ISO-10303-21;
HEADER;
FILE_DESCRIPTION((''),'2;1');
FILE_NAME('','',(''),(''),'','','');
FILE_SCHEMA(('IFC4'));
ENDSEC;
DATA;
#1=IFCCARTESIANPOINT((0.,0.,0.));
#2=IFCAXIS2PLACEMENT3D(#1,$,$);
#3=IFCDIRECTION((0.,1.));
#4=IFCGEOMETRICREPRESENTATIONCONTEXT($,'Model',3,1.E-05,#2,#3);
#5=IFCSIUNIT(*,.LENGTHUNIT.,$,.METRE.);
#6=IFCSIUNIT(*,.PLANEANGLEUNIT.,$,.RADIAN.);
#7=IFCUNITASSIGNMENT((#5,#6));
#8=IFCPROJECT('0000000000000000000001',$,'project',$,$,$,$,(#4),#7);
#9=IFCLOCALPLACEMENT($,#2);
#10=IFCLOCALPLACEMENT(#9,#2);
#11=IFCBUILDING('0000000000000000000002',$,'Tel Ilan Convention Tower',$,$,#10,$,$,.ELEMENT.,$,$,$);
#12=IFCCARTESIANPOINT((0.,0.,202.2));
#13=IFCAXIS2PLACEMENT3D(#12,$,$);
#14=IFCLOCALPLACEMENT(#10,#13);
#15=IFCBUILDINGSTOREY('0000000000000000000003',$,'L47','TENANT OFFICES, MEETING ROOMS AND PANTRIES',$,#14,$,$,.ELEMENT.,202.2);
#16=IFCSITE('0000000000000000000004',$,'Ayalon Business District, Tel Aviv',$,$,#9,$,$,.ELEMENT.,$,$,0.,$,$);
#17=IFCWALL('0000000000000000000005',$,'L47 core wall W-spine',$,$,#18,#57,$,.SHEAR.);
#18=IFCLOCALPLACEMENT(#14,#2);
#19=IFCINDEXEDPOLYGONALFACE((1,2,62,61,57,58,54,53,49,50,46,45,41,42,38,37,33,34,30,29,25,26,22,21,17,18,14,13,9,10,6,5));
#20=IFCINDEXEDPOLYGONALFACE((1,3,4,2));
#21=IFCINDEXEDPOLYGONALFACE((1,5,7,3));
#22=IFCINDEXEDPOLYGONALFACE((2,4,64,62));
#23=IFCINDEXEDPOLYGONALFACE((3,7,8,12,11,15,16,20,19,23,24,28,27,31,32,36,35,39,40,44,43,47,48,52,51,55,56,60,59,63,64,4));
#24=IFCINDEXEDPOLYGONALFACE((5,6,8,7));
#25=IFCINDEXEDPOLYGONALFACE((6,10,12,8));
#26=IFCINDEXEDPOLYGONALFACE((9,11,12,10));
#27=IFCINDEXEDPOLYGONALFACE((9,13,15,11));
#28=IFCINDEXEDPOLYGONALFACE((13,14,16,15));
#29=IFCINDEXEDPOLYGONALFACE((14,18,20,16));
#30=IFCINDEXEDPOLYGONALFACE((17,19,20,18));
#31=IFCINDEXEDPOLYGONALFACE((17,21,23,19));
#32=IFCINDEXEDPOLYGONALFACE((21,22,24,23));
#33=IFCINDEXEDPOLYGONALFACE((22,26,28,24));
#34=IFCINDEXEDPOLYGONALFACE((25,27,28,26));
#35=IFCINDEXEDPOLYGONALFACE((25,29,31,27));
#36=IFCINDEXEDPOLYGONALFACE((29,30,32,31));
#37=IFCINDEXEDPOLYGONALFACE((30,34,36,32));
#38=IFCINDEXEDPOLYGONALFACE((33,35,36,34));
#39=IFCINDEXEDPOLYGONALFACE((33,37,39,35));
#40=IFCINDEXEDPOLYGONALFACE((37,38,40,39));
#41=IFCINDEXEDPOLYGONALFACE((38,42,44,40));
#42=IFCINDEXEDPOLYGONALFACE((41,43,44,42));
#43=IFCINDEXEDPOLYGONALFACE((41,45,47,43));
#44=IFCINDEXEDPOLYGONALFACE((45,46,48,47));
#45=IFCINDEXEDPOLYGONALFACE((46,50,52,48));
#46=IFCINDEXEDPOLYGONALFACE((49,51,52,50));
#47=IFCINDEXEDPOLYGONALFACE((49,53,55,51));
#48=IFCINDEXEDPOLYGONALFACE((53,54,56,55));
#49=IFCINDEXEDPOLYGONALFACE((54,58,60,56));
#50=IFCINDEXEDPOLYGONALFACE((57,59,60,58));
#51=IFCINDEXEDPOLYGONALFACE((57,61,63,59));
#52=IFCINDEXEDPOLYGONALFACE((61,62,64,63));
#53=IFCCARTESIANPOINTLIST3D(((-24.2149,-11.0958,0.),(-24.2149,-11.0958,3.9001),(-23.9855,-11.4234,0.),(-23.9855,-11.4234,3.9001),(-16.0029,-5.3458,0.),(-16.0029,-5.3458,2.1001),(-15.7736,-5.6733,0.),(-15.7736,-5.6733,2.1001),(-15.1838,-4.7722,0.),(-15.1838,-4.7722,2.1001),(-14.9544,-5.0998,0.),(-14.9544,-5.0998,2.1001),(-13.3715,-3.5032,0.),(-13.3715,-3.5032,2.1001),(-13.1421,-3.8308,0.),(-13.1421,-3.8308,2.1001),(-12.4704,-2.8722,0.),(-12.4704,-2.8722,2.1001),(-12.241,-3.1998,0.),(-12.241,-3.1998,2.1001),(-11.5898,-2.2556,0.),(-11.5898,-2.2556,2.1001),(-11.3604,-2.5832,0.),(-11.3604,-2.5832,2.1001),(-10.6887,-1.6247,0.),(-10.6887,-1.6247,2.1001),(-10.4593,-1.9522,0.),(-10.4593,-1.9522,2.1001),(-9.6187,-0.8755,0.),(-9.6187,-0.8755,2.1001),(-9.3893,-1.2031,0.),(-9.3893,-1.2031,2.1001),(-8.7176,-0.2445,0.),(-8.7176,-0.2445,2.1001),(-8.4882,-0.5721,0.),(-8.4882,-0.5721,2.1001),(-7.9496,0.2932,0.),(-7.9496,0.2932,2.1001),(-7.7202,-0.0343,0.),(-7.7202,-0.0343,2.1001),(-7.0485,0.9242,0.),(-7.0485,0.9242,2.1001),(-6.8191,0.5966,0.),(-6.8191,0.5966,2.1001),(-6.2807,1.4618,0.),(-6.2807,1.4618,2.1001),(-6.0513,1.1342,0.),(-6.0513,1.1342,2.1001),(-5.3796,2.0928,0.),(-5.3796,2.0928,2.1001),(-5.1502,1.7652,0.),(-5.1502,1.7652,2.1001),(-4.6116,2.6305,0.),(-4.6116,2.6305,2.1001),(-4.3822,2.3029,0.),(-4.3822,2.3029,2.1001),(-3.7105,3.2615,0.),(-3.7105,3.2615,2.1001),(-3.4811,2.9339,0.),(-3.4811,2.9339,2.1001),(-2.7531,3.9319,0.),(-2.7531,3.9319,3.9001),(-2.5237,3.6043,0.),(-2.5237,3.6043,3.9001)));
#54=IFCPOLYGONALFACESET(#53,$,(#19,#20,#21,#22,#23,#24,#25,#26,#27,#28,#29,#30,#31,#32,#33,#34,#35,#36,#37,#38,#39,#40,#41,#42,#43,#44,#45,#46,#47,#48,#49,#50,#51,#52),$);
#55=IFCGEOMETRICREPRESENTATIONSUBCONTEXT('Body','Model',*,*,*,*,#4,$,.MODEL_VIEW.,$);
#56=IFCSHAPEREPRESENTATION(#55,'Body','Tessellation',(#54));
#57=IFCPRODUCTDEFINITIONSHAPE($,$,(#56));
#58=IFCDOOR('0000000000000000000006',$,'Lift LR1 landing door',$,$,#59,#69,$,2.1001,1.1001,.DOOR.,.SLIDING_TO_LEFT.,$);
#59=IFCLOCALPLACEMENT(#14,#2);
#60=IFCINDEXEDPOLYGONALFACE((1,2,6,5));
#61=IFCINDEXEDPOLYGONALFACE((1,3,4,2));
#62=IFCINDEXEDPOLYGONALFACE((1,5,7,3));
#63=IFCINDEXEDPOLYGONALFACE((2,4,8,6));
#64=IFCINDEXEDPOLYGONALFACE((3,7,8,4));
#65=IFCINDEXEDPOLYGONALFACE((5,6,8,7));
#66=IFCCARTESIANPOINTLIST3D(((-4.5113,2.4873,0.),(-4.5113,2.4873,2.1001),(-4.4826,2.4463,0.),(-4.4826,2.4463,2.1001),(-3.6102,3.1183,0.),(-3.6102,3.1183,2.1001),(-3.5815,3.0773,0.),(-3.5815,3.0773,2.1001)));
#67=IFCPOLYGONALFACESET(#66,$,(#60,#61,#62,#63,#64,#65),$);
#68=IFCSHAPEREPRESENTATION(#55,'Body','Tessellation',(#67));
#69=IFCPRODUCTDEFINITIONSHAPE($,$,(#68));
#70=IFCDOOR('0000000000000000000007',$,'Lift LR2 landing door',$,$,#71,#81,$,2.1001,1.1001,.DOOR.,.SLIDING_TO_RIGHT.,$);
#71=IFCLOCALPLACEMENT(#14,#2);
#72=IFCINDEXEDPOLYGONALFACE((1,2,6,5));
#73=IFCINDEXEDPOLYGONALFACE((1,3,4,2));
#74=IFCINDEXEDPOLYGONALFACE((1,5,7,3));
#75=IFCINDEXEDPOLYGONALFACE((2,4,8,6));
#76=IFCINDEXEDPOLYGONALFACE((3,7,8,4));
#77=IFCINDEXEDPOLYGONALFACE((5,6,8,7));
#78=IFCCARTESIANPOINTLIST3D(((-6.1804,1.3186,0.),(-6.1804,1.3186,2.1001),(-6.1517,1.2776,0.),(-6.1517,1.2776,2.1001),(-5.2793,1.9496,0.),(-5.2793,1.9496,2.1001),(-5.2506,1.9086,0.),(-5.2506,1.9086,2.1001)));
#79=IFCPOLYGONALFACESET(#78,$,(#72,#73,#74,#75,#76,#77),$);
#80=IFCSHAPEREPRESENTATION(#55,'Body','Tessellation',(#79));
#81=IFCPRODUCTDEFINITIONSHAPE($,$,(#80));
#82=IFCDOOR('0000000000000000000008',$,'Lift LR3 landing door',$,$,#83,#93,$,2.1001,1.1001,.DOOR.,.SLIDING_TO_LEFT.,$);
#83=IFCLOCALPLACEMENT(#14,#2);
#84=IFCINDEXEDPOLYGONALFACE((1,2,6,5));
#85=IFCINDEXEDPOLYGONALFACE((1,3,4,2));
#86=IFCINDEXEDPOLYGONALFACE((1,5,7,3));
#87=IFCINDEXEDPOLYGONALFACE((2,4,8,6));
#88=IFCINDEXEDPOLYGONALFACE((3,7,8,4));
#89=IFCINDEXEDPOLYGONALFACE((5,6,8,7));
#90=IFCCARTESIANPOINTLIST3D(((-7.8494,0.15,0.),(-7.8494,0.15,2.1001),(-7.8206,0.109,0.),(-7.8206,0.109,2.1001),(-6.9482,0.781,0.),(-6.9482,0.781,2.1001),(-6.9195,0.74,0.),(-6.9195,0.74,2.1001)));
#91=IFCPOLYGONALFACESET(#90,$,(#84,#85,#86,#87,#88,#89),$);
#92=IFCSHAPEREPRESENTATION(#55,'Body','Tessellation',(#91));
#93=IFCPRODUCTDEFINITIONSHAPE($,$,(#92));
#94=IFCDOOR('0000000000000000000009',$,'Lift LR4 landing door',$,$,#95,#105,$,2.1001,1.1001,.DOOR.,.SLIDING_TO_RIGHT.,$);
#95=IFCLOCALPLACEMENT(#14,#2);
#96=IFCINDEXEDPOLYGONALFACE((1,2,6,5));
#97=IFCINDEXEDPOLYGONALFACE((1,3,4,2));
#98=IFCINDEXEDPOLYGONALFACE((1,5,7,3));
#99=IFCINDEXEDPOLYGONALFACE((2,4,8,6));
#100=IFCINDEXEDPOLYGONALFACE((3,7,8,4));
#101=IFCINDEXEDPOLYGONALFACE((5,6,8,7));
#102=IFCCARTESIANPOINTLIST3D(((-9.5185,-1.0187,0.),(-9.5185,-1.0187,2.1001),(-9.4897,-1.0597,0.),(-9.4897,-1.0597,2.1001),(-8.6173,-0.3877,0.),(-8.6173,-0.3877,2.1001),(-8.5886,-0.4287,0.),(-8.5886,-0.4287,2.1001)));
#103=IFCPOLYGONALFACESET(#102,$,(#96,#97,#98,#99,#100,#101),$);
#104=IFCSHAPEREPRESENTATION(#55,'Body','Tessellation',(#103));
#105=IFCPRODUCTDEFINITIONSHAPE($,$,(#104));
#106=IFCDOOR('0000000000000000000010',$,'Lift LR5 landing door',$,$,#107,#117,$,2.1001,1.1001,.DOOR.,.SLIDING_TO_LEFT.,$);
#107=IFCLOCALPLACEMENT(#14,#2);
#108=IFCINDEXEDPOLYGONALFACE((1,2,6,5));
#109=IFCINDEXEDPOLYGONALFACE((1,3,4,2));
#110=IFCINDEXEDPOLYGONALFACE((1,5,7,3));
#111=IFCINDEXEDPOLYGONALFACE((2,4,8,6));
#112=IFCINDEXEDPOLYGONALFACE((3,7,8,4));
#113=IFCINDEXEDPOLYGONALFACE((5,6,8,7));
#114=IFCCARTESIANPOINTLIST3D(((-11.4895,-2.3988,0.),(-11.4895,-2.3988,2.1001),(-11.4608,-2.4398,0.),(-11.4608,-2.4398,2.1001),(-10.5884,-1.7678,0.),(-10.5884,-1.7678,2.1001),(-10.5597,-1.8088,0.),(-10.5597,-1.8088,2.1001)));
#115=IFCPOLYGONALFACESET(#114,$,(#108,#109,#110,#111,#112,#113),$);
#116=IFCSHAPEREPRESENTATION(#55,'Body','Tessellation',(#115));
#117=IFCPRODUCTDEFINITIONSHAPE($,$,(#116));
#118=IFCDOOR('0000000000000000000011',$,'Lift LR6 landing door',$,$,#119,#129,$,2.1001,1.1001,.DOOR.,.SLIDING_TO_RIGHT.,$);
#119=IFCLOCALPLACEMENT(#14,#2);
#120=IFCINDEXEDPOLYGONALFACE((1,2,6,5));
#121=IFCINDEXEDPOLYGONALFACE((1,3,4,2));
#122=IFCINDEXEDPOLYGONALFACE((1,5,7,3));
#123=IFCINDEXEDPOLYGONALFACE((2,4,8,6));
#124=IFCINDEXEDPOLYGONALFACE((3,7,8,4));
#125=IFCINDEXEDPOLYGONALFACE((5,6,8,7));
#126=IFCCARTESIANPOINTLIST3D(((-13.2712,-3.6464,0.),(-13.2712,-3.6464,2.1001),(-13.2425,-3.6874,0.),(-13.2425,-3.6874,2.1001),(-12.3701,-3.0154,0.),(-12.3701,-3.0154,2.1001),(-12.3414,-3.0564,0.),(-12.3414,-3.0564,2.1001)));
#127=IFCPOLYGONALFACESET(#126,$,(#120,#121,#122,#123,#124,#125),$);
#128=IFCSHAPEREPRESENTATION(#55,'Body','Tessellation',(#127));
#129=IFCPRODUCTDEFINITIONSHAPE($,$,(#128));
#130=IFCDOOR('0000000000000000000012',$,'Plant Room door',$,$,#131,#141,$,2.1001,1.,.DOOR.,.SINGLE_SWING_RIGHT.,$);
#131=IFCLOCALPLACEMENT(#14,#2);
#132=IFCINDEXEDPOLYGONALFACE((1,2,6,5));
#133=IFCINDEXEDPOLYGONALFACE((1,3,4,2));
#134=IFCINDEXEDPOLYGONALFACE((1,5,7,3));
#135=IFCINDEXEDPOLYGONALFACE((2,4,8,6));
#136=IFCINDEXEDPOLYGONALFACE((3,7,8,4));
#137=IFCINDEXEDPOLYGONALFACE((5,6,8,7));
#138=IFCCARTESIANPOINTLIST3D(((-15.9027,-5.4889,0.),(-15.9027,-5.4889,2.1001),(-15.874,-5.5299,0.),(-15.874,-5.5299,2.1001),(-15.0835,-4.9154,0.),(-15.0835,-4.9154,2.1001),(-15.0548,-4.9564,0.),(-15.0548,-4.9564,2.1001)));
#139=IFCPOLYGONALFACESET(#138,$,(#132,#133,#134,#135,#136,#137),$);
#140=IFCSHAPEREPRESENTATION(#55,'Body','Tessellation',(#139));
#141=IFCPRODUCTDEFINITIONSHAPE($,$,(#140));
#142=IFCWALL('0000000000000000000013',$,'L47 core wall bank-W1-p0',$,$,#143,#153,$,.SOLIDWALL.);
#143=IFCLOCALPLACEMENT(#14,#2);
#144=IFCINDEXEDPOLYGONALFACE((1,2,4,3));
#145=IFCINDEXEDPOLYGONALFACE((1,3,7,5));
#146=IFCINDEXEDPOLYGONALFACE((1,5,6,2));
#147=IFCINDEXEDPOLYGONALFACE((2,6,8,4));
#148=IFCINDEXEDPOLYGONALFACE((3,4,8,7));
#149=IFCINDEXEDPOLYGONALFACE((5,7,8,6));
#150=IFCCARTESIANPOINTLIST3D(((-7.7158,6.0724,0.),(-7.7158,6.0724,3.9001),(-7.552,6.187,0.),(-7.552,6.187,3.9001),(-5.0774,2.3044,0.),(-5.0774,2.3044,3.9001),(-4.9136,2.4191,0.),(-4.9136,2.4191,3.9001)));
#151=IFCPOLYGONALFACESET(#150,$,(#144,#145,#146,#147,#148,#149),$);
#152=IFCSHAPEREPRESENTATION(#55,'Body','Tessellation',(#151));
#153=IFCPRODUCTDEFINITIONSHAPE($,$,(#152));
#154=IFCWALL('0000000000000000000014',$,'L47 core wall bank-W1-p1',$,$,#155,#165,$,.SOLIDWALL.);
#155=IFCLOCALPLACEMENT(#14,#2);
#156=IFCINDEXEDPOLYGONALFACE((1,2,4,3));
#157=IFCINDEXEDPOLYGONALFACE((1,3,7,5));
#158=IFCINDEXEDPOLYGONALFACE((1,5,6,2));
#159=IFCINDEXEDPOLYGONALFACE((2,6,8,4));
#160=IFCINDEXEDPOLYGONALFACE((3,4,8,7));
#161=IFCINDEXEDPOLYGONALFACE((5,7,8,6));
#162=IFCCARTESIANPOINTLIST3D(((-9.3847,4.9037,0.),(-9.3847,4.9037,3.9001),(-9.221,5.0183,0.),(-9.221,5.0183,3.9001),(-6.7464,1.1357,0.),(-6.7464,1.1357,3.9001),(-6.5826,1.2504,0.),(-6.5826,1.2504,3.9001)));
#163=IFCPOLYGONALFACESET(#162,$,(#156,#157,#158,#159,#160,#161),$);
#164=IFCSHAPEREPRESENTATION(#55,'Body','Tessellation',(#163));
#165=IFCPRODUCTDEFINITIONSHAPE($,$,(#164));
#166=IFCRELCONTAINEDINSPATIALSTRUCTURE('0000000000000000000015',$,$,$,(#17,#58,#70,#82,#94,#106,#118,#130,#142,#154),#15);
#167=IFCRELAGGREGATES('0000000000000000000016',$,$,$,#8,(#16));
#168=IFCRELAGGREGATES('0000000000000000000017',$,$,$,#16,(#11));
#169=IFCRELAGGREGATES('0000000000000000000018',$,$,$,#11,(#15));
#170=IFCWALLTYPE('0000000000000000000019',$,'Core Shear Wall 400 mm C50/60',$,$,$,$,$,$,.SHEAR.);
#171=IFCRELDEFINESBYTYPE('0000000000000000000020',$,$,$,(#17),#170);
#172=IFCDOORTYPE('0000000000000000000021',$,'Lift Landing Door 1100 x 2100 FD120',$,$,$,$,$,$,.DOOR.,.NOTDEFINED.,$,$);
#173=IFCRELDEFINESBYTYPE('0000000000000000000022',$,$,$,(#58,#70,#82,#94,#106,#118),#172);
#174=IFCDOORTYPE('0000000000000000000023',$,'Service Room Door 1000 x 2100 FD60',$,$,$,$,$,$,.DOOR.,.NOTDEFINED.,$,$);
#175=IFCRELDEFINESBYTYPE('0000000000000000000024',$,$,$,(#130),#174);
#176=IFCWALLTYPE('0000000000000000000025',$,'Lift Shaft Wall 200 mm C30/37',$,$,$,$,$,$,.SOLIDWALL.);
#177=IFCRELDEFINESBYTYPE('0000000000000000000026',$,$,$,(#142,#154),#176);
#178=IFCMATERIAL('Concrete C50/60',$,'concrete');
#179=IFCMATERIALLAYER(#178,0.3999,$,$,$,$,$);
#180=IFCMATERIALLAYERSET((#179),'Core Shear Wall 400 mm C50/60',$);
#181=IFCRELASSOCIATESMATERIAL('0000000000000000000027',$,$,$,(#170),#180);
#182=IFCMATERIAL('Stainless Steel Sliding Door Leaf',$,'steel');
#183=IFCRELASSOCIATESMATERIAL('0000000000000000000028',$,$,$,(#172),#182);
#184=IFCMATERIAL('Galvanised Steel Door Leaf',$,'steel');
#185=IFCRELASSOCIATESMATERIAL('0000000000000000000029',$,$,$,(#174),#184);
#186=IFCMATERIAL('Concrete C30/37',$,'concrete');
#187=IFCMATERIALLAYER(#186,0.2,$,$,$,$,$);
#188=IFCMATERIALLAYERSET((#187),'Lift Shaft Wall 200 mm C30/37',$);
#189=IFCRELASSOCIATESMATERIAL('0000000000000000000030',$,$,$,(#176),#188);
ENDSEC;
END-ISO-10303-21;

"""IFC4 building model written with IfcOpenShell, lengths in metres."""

from ifc_helpers import new_model, si_unit, direction, frame, frame_2d, origin, place, context, subcontext, project, spatial, polyline, rectangle, outline, extrude, material, layer, layer_set, type_object, element, fill, save


model = new_model("IFC4")

# Units and contexts
model_context = context("Model", 3, precision=1e-05, world=origin(), true_north=direction((0.0, 1.0)))
body_context = subcontext(model_context, "Body", "Model", "MODEL_VIEW")
ifc_project = project(units=[si_unit("LENGTHUNIT", "METRE"), si_unit("PLANEANGLEUNIT", "RADIAN")], contexts=[model_context])

# Site, building, storey
site_placement = place(None, origin())
site = spatial("IfcSite", under=ifc_project, at=site_placement, Name="Ayalon Business District, Tel Aviv", CompositionType="ELEMENT", RefElevation=0.0)
building_placement = place(site_placement, origin())
building = spatial("IfcBuilding", under=site, at=building_placement, Name="Tel Ilan Convention Tower", CompositionType="ELEMENT")
storey_placement = place(building_placement, frame((0.0, 0.0, 202.2)))
storey = spatial("IfcBuildingStorey", under=building, at=storey_placement, Name="L47", Description="TENANT OFFICES, MEETING ROOMS AND PANTRIES", CompositionType="ELEMENT", Elevation=202.2)

# Wall, openings, doors
ifc_material_1 = material(Name="Concrete C50/60", Category="concrete")
ifc_layer_1 = layer(ifc_material_1, 0.3999)
ifc_layer_set_1 = layer_set([ifc_layer_1], Name="Core Shear Wall 400 mm C50/60")
wall_type_1 = type_object("IfcWallType", Name="Core Shear Wall 400 mm C50/60", PredefinedType="SHEAR", material=ifc_layer_set_1)
wall_1_placement = place(storey_placement, frame((-2.6384, 3.7681, 0.0), z_axis=(0.0, 0.0, 1.0), x_axis=(-0.819153, -0.573576, 0.0)))
wall_1 = element("IfcWall", 1, at=wall_1_placement, inside=storey, type_object=wall_type_1, Name="L47 core wall W-spine", PredefinedType="SHEAR", context=body_context, shape_type="SweptSolid", body=[
    extrude(outline(polyline([(26.2, 0.2), (0.0, 0.2), (0.0, -0.2), (26.2, -0.2), (26.2, 0.2)])), origin(), (0.0, 0.0, 1.0), 3.9001),
])
opening_1_placement = place(wall_1_placement, frame((1.1687, 0.0, 0.0)))
opening_1 = element("IfcOpeningElement", 2, at=opening_1_placement, cuts=wall_1, PredefinedType="OPENING", context=body_context, shape_type="SweptSolid", body=[
    extrude(rectangle(XDim=1.1001, YDim=2.1001, at=frame_2d((0.55, 1.05))), frame((0.0, 0.21, 0.0), z_axis=(0.0, -1.0, 0.0), x_axis=(1.0, 0.0, 0.0)), (0.0, 0.0, 1.0), 0.4199),
])
opening_2_placement = place(wall_1_placement, frame((3.2063, 0.0, 0.0)))
opening_2 = element("IfcOpeningElement", 3, at=opening_2_placement, cuts=wall_1, PredefinedType="OPENING", context=body_context, shape_type="SweptSolid", body=[
    extrude(rectangle(XDim=1.1001, YDim=2.1001, at=frame_2d((0.55, 1.05))), frame((0.0, 0.21, 0.0), z_axis=(0.0, -1.0, 0.0), x_axis=(1.0, 0.0, 0.0)), (0.0, 0.0, 1.0), 0.4199),
])
opening_3_placement = place(wall_1_placement, frame((5.2437, 0.0, 0.0)))
opening_3 = element("IfcOpeningElement", 4, at=opening_3_placement, cuts=wall_1, PredefinedType="OPENING", context=body_context, shape_type="SweptSolid", body=[
    extrude(rectangle(XDim=1.1001, YDim=2.1001, at=frame_2d((0.55, 1.05))), frame((0.0, 0.21, 0.0), z_axis=(0.0, -1.0, 0.0), x_axis=(1.0, 0.0, 0.0)), (0.0, 0.0, 1.0), 0.4199),
])
opening_4_placement = place(wall_1_placement, frame((7.2812, 0.0, 0.0)))
opening_4 = element("IfcOpeningElement", 5, at=opening_4_placement, cuts=wall_1, PredefinedType="OPENING", context=body_context, shape_type="SweptSolid", body=[
    extrude(rectangle(XDim=1.1001, YDim=2.1001, at=frame_2d((0.55, 1.05))), frame((0.0, 0.21, 0.0), z_axis=(0.0, -1.0, 0.0), x_axis=(1.0, 0.0, 0.0)), (0.0, 0.0, 1.0), 0.4199),
])
opening_5_placement = place(wall_1_placement, frame((9.6875, 0.0, 0.0)))
opening_5 = element("IfcOpeningElement", 6, at=opening_5_placement, cuts=wall_1, PredefinedType="OPENING", context=body_context, shape_type="SweptSolid", body=[
    extrude(rectangle(XDim=1.1001, YDim=2.1001, at=frame_2d((0.55, 1.05))), frame((0.0, 0.21, 0.0), z_axis=(0.0, -1.0, 0.0), x_axis=(1.0, 0.0, 0.0)), (0.0, 0.0, 1.0), 0.4199),
])
opening_6_placement = place(wall_1_placement, frame((11.8625, 0.0, 0.0)))
opening_6 = element("IfcOpeningElement", 7, at=opening_6_placement, cuts=wall_1, PredefinedType="OPENING", context=body_context, shape_type="SweptSolid", body=[
    extrude(rectangle(XDim=1.1001, YDim=2.1001, at=frame_2d((0.55, 1.05))), frame((0.0, 0.21, 0.0), z_axis=(0.0, -1.0, 0.0), x_axis=(1.0, 0.0, 0.0)), (0.0, 0.0, 1.0), 0.4199),
])
opening_7_placement = place(wall_1_placement, frame((15.175, 0.0, 0.0)))
opening_7 = element("IfcOpeningElement", 8, at=opening_7_placement, cuts=wall_1, PredefinedType="OPENING", context=body_context, shape_type="SweptSolid", body=[
    extrude(rectangle(XDim=1.0, YDim=2.1001, at=frame_2d((0.5, 1.05))), frame((0.0, 0.21, 0.0), z_axis=(0.0, -1.0, 0.0), x_axis=(1.0, 0.0, 0.0)), (0.0, 0.0, 1.0), 0.4199),
])
ifc_material_2 = material(Name="Stainless Steel Sliding Door Leaf", Category="steel")
door_type_1 = type_object("IfcDoorType", Name="Lift Landing Door 1100 x 2100 FD120", OperationType="NOTDEFINED", PredefinedType="DOOR", material=ifc_material_2)
door_1_placement = place(opening_1_placement, origin())
door_1 = element("IfcDoor", 9, at=door_1_placement, inside=storey, type_object=door_type_1, Name="Lift LR1 landing door", OperationType="SLIDING_TO_LEFT", OverallHeight=2.1001, OverallWidth=1.1001, PredefinedType="DOOR", context=body_context, shape_type="SweptSolid", body=[
    extrude(rectangle(XDim=1.1001, YDim=2.1001, at=frame_2d((0.55, 1.05))), frame((0.0, 0.0249, 0.0), z_axis=(0.0, -1.0, 0.0), x_axis=(1.0, 0.0, 0.0)), (0.0, 0.0, 1.0), 0.05),
])
fill(opening_1, door_1)
door_2_placement = place(opening_2_placement, origin())
door_2 = element("IfcDoor", 10, at=door_2_placement, inside=storey, type_object=door_type_1, Name="Lift LR2 landing door", OperationType="SLIDING_TO_RIGHT", OverallHeight=2.1001, OverallWidth=1.1001, PredefinedType="DOOR", context=body_context, shape_type="SweptSolid", body=[
    extrude(rectangle(XDim=1.1001, YDim=2.1001, at=frame_2d((0.55, 1.05))), frame((0.0, 0.0249, 0.0), z_axis=(0.0, -1.0, 0.0), x_axis=(1.0, 0.0, 0.0)), (0.0, 0.0, 1.0), 0.05),
])
fill(opening_2, door_2)
door_3_placement = place(opening_3_placement, origin())
door_3 = element("IfcDoor", 11, at=door_3_placement, inside=storey, type_object=door_type_1, Name="Lift LR3 landing door", OperationType="SLIDING_TO_LEFT", OverallHeight=2.1001, OverallWidth=1.1001, PredefinedType="DOOR", context=body_context, shape_type="SweptSolid", body=[
    extrude(rectangle(XDim=1.1001, YDim=2.1001, at=frame_2d((0.55, 1.05))), frame((0.0, 0.0249, 0.0), z_axis=(0.0, -1.0, 0.0), x_axis=(1.0, 0.0, 0.0)), (0.0, 0.0, 1.0), 0.05),
])
fill(opening_3, door_3)
door_4_placement = place(opening_4_placement, origin())
door_4 = element("IfcDoor", 12, at=door_4_placement, inside=storey, type_object=door_type_1, Name="Lift LR4 landing door", OperationType="SLIDING_TO_RIGHT", OverallHeight=2.1001, OverallWidth=1.1001, PredefinedType="DOOR", context=body_context, shape_type="SweptSolid", body=[
    extrude(rectangle(XDim=1.1001, YDim=2.1001, at=frame_2d((0.55, 1.05))), frame((0.0, 0.0249, 0.0), z_axis=(0.0, -1.0, 0.0), x_axis=(1.0, 0.0, 0.0)), (0.0, 0.0, 1.0), 0.05),
])
fill(opening_4, door_4)
door_5_placement = place(opening_5_placement, origin())
door_5 = element("IfcDoor", 13, at=door_5_placement, inside=storey, type_object=door_type_1, Name="Lift LR5 landing door", OperationType="SLIDING_TO_LEFT", OverallHeight=2.1001, OverallWidth=1.1001, PredefinedType="DOOR", context=body_context, shape_type="SweptSolid", body=[
    extrude(rectangle(XDim=1.1001, YDim=2.1001, at=frame_2d((0.55, 1.05))), frame((0.0, 0.0249, 0.0), z_axis=(0.0, -1.0, 0.0), x_axis=(1.0, 0.0, 0.0)), (0.0, 0.0, 1.0), 0.05),
])
fill(opening_5, door_5)
door_6_placement = place(opening_6_placement, origin())
door_6 = element("IfcDoor", 14, at=door_6_placement, inside=storey, type_object=door_type_1, Name="Lift LR6 landing door", OperationType="SLIDING_TO_RIGHT", OverallHeight=2.1001, OverallWidth=1.1001, PredefinedType="DOOR", context=body_context, shape_type="SweptSolid", body=[
    extrude(rectangle(XDim=1.1001, YDim=2.1001, at=frame_2d((0.55, 1.05))), frame((0.0, 0.0249, 0.0), z_axis=(0.0, -1.0, 0.0), x_axis=(1.0, 0.0, 0.0)), (0.0, 0.0, 1.0), 0.05),
])
fill(opening_6, door_6)
ifc_material_3 = material(Name="Galvanised Steel Door Leaf", Category="steel")
door_type_2 = type_object("IfcDoorType", Name="Service Room Door 1000 x 2100 FD60", OperationType="NOTDEFINED", PredefinedType="DOOR", material=ifc_material_3)
door_7_placement = place(opening_7_placement, origin())
door_7 = element("IfcDoor", 15, at=door_7_placement, inside=storey, type_object=door_type_2, Name="Plant Room door", OperationType="SINGLE_SWING_RIGHT", OverallHeight=2.1001, OverallWidth=1.0, PredefinedType="DOOR", context=body_context, shape_type="SweptSolid", body=[
    extrude(rectangle(XDim=1.0, YDim=2.1001, at=frame_2d((0.5, 1.05))), frame((0.0, 0.0249, 0.0), z_axis=(0.0, -1.0, 0.0), x_axis=(1.0, 0.0, 0.0)), (0.0, 0.0, 1.0), 0.05),
])
fill(opening_7, door_7)

# Walls
ifc_material_4 = material(Name="Concrete C30/37", Category="concrete")
ifc_layer_2 = layer(ifc_material_4, 0.2)
ifc_layer_set_2 = layer_set([ifc_layer_2], Name="Lift Shaft Wall 200 mm C30/37")
wall_type_2 = type_object("IfcWallType", Name="Lift Shaft Wall 200 mm C30/37", PredefinedType="SOLIDWALL", material=ifc_layer_set_2)
for number, where, z_axis, x_axis, name in (
    (16, (-4.9956, 2.3618, 0.0), (0.0, 0.0, 1.0), (-0.573576, 0.819152, 0.0), "L47 core wall bank-W1-p0"),
    (17, (-6.6646, 1.1931, 0.0), (0.0, 0.0, 1.0), (-0.573576, 0.819152, 0.0), "L47 core wall bank-W1-p1"),
):
    element("IfcWall", number, at=place(storey_placement, frame(where, z_axis=z_axis, x_axis=x_axis)), inside=storey, type_object=wall_type_2, Name=name, PredefinedType="SOLIDWALL", context=body_context, shape_type="SweptSolid", body=[
        extrude(rectangle(XDim=4.5999, YDim=0.2, at=frame_2d((2.2998, 0.0))), origin(), (0.0, 0.0, 1.0), 3.9001),
    ])

save(model, "model.ifc")
